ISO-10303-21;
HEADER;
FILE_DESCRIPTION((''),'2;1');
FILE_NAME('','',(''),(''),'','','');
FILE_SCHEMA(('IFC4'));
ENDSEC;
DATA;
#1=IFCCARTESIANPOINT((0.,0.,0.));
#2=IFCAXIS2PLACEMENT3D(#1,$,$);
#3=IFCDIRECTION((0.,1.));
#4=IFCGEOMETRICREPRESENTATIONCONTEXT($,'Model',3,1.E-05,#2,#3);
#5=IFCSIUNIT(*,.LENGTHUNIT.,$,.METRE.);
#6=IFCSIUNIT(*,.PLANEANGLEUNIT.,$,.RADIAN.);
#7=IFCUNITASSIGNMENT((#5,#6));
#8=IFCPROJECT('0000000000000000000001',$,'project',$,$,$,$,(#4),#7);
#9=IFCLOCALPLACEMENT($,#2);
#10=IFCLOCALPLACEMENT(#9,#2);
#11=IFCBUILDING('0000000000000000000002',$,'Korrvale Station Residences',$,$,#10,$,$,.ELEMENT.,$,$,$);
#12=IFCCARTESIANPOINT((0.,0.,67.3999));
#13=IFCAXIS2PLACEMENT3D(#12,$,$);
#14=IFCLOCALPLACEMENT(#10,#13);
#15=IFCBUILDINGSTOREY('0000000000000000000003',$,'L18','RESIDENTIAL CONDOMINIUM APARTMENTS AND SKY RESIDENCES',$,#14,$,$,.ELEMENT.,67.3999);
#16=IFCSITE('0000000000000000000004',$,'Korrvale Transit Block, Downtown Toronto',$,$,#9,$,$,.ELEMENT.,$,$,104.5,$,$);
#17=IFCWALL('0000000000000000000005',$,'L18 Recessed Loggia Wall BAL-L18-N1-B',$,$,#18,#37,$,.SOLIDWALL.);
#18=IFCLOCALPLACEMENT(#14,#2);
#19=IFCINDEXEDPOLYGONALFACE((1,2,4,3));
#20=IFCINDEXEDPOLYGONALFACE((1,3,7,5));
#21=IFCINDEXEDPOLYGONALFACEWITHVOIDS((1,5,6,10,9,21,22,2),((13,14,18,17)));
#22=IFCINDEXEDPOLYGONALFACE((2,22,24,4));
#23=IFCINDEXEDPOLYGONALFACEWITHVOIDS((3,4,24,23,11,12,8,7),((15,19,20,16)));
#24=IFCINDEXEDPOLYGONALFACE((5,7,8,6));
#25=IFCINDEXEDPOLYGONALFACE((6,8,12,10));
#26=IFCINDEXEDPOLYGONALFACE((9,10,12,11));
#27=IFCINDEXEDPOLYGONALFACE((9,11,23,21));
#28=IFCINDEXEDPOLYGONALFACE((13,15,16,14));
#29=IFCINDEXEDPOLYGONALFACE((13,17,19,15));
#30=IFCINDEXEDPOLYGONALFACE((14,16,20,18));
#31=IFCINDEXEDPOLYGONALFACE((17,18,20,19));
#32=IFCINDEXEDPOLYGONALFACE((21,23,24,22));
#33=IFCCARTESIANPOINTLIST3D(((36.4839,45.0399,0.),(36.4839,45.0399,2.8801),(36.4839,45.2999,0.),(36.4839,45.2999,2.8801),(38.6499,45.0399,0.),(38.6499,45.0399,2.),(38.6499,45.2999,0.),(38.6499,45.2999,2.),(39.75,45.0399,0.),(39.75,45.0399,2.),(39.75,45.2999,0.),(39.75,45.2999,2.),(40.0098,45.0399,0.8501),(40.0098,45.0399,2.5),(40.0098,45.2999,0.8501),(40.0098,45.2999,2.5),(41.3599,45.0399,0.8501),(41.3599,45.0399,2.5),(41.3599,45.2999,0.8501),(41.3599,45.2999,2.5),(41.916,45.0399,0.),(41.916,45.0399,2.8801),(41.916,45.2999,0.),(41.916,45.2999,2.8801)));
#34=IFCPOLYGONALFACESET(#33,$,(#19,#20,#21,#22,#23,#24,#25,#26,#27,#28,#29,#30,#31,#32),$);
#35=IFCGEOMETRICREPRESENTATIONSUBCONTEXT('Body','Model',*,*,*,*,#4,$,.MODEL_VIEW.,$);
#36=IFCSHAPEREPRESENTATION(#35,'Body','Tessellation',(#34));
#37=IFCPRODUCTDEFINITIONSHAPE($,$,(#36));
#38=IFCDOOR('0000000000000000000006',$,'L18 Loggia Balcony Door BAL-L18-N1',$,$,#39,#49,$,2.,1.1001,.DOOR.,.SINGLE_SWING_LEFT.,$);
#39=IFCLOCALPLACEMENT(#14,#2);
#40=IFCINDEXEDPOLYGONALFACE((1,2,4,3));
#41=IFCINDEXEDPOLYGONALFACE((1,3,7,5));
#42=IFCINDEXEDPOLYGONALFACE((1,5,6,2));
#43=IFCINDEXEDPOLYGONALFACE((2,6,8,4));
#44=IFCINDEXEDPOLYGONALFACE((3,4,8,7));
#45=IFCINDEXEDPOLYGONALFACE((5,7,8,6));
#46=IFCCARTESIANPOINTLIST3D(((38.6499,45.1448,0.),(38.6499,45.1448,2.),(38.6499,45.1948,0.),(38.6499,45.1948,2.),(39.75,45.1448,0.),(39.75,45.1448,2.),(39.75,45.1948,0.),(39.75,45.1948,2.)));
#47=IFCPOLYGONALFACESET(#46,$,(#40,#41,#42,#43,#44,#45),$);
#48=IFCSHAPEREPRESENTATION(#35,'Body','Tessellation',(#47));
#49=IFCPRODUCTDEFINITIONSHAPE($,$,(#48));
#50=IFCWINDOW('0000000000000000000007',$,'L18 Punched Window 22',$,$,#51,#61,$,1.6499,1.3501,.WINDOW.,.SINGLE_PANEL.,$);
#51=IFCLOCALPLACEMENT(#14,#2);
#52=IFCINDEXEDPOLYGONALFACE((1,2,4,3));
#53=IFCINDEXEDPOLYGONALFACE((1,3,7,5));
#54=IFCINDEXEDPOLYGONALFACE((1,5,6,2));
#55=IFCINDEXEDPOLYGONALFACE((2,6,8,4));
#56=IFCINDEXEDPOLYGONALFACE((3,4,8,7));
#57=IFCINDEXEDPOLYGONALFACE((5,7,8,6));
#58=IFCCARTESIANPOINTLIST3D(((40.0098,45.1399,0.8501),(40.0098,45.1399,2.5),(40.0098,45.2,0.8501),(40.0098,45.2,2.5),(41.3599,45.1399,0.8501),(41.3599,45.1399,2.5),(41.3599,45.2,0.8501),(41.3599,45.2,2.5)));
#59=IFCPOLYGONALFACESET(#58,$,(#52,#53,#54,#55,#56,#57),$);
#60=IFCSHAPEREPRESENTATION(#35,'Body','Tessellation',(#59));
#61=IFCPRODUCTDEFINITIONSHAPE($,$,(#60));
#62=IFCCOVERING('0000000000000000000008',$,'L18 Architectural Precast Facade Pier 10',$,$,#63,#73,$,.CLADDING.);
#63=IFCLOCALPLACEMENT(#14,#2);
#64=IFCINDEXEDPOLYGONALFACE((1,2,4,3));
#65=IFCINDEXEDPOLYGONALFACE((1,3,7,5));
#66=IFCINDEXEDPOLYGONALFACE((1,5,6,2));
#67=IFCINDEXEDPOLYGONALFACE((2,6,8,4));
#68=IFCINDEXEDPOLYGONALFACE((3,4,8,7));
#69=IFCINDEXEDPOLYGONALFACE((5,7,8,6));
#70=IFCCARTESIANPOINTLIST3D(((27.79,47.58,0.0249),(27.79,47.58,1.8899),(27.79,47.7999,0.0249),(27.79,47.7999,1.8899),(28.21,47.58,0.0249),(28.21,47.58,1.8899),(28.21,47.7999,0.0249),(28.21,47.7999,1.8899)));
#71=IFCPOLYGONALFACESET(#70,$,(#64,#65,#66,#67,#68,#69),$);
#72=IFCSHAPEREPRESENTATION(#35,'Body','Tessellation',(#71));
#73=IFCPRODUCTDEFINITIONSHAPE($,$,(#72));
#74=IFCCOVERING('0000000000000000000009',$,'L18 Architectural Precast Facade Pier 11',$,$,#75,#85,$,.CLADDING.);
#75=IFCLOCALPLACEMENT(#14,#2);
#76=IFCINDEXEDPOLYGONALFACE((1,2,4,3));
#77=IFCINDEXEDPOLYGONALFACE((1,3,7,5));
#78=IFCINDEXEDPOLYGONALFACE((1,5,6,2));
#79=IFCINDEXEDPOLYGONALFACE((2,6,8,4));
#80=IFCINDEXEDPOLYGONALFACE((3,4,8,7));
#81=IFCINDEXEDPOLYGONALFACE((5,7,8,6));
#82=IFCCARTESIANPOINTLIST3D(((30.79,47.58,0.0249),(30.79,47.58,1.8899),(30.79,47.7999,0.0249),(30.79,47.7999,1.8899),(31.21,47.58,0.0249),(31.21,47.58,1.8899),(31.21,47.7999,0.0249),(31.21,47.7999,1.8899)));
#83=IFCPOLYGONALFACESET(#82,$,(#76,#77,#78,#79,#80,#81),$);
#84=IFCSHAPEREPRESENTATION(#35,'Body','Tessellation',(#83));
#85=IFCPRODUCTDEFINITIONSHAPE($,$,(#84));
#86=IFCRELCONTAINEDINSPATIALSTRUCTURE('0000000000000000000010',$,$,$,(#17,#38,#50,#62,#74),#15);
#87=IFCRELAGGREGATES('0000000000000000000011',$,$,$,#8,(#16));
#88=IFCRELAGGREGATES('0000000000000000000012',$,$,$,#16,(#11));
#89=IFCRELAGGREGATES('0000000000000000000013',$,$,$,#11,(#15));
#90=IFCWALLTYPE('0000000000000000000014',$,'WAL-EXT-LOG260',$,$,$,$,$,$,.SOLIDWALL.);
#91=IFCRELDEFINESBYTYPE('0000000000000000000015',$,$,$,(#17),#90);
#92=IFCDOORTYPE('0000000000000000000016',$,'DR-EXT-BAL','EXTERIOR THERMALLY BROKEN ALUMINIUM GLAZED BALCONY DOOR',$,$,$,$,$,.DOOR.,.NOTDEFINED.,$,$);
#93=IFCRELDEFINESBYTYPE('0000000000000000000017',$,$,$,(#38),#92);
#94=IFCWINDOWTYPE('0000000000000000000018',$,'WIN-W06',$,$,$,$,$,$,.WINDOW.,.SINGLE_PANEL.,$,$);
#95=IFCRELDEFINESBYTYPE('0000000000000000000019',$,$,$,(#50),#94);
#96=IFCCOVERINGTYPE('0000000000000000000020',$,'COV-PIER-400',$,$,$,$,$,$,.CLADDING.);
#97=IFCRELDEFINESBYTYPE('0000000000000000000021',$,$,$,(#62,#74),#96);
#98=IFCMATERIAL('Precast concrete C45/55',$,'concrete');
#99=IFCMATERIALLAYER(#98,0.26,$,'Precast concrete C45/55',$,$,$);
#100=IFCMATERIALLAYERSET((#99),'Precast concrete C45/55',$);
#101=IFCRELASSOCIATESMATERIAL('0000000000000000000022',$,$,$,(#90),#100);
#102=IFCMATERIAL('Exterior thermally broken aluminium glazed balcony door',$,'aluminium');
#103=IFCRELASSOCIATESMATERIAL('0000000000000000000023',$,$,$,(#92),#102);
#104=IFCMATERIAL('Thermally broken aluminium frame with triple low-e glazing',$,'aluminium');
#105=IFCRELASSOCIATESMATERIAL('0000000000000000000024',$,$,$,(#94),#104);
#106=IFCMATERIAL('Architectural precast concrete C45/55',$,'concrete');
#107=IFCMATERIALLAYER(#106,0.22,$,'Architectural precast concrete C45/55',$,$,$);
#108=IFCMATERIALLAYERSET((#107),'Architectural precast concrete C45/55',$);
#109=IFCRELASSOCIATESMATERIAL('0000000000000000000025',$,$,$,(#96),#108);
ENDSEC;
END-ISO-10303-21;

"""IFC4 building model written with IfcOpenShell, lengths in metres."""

from ifc_helpers import new_model, si_unit, direction, frame, frame_2d, origin, origin_2d, place, context, subcontext, project, spatial, rectangle, extrude, material, layer, layer_set, type_object, element, fill, save


model = new_model("IFC4")

# Units and contexts
model_context = context("Model", 3, precision=1e-05, world=origin(), true_north=direction((0.0, 1.0)))
body_context = subcontext(model_context, "Body", "Model", "MODEL_VIEW")
ifc_project = project(units=[si_unit("LENGTHUNIT", "METRE"), si_unit("PLANEANGLEUNIT", "RADIAN")], contexts=[model_context])

# Site, building, storey
site_placement = place(None, origin())
site = spatial("IfcSite", under=ifc_project, at=site_placement, Name="Korrvale Transit Block, Downtown Toronto", CompositionType="ELEMENT", RefElevation=104.5)
building_placement = place(site_placement, origin())
building = spatial("IfcBuilding", under=site, at=building_placement, Name="Korrvale Station Residences", CompositionType="ELEMENT")
storey_placement = place(building_placement, frame((0.0, 0.0, 67.3999)))
storey = spatial("IfcBuildingStorey", under=building, at=storey_placement, Name="L18", Description="RESIDENTIAL CONDOMINIUM APARTMENTS AND SKY RESIDENCES", CompositionType="ELEMENT", Elevation=67.3999)

# Shared definitions
ifc_material_1 = material(Name="Precast concrete C45/55", Category="concrete")
ifc_layer_1 = layer(ifc_material_1, 0.26, Name="Precast concrete C45/55")
ifc_layer_set_1 = layer_set([ifc_layer_1], Name="Precast concrete C45/55")
wall_type = type_object("IfcWallType", Name="WAL-EXT-LOG260", PredefinedType="SOLIDWALL", material=ifc_layer_set_1)
ifc_material_2 = material(Name="Thermally broken aluminium frame with triple low-e glazing", Category="aluminium")

# Wall, openings, door, window
wall_1_placement = place(storey_placement, frame((36.4839, 45.1699, 0.0), z_axis=(0.0, 0.0, 1.0), x_axis=(1.0, 0.0, 0.0)))
wall_1 = element("IfcWall", 1, at=wall_1_placement, inside=storey, type_object=wall_type, Name="L18 Recessed Loggia Wall BAL-L18-N1-B", PredefinedType="SOLIDWALL", context=body_context, shape_type="SweptSolid", body=[
    extrude(rectangle(XDim=5.4321, YDim=0.26, at=frame_2d((2.7161, 0.0))), origin(), (0.0, 0.0, 1.0), 2.8801),
])
opening_1_placement = place(wall_1_placement, frame((2.166, 0.0, 0.0)))
opening_1 = element("IfcOpeningElement", 2, at=opening_1_placement, cuts=wall_1, PredefinedType="OPENING", context=body_context, shape_type="SweptSolid", body=[
    extrude(rectangle(XDim=1.1001, YDim=2.0, at=frame_2d((0.55, 1.0))), frame((0.0, 0.1401, 0.0), z_axis=(0.0, -1.0, 0.0), x_axis=(1.0, 0.0, 0.0)), (0.0, 0.0, 1.0), 0.28),
])
opening_2_placement = place(wall_1_placement, frame((3.5259, 0.0, 0.8501)))
opening_2 = element("IfcOpeningElement", 3, at=opening_2_placement, cuts=wall_1, PredefinedType="OPENING", context=body_context, shape_type="SweptSolid", body=[
    extrude(rectangle(XDim=1.3501, YDim=1.6499, at=frame_2d((0.675, 0.825))), frame((0.0, 0.1401, 0.0), z_axis=(0.0, -1.0, 0.0), x_axis=(1.0, 0.0, 0.0)), (0.0, 0.0, 1.0), 0.28),
])
ifc_material_3 = material(Name="Exterior thermally broken aluminium glazed balcony door", Category="aluminium")
door_type = type_object("IfcDoorType", Name="DR-EXT-BAL", Description="EXTERIOR THERMALLY BROKEN ALUMINIUM GLAZED BALCONY DOOR", OperationType="NOTDEFINED", PredefinedType="DOOR", material=ifc_material_3)
door_placement = place(opening_1_placement, origin())
door = element("IfcDoor", 4, at=door_placement, inside=storey, type_object=door_type, Name="L18 Loggia Balcony Door BAL-L18-N1", OperationType="SINGLE_SWING_LEFT", OverallHeight=2.0, OverallWidth=1.1001, PredefinedType="DOOR", context=body_context, shape_type="SweptSolid", body=[
    extrude(rectangle(XDim=1.1001, YDim=2.0, at=frame_2d((0.55, 1.0))), frame((0.0, 0.0249, 0.0), z_axis=(0.0, -1.0, 0.0), x_axis=(1.0, 0.0, 0.0)), (0.0, 0.0, 1.0), 0.05),
])
fill(opening_1, door)
window_type_1 = type_object("IfcWindowType", Name="WIN-W06", PartitioningType="SINGLE_PANEL", PredefinedType="WINDOW", material=ifc_material_2)
window_1_placement = place(opening_2_placement, origin())
window_1 = element("IfcWindow", 5, at=window_1_placement, inside=storey, type_object=window_type_1, Name="L18 Punched Window 22", OverallHeight=1.6499, OverallWidth=1.3501, PartitioningType="SINGLE_PANEL", PredefinedType="WINDOW", context=body_context, shape_type="SweptSolid", body=[
    extrude(rectangle(XDim=1.3501, YDim=1.6499, at=frame_2d((0.675, 0.825))), frame((0.0, 0.03, 0.0), z_axis=(0.0, -1.0, 0.0), x_axis=(1.0, 0.0, 0.0)), (0.0, 0.0, 1.0), 0.0601),
])
fill(opening_2, window_1)

# Coverings
ifc_material_4 = material(Name="Architectural precast concrete C45/55", Category="concrete")
ifc_layer_2 = layer(ifc_material_4, 0.22, Name="Architectural precast concrete C45/55")
ifc_layer_set_2 = layer_set([ifc_layer_2], Name="Architectural precast concrete C45/55")
covering_type = type_object("IfcCoveringType", Name="COV-PIER-400", PredefinedType="CLADDING", material=ifc_layer_set_2)
for number, where, z_axis, x_axis, name in (
    (6, (28.0, 47.6899, 0.0249), (0.0, 0.0, 1.0), (1.0, 0.0, 0.0), "L18 Architectural Precast Facade Pier 10"),
    (7, (31.0, 47.6899, 0.0249), (0.0, 0.0, 1.0), (1.0, 0.0, 0.0), "L18 Architectural Precast Facade Pier 11"),
):
    element("IfcCovering", number, at=place(storey_placement, frame(where, z_axis=z_axis, x_axis=x_axis)), inside=storey, type_object=covering_type, Name=name, PredefinedType="CLADDING", context=body_context, shape_type="SweptSolid", body=[
        extrude(rectangle(XDim=0.4199, YDim=0.22, at=origin_2d()), origin(), (0.0, 0.0, 1.0), 1.865),
    ])

save(model, "model.ifc")
